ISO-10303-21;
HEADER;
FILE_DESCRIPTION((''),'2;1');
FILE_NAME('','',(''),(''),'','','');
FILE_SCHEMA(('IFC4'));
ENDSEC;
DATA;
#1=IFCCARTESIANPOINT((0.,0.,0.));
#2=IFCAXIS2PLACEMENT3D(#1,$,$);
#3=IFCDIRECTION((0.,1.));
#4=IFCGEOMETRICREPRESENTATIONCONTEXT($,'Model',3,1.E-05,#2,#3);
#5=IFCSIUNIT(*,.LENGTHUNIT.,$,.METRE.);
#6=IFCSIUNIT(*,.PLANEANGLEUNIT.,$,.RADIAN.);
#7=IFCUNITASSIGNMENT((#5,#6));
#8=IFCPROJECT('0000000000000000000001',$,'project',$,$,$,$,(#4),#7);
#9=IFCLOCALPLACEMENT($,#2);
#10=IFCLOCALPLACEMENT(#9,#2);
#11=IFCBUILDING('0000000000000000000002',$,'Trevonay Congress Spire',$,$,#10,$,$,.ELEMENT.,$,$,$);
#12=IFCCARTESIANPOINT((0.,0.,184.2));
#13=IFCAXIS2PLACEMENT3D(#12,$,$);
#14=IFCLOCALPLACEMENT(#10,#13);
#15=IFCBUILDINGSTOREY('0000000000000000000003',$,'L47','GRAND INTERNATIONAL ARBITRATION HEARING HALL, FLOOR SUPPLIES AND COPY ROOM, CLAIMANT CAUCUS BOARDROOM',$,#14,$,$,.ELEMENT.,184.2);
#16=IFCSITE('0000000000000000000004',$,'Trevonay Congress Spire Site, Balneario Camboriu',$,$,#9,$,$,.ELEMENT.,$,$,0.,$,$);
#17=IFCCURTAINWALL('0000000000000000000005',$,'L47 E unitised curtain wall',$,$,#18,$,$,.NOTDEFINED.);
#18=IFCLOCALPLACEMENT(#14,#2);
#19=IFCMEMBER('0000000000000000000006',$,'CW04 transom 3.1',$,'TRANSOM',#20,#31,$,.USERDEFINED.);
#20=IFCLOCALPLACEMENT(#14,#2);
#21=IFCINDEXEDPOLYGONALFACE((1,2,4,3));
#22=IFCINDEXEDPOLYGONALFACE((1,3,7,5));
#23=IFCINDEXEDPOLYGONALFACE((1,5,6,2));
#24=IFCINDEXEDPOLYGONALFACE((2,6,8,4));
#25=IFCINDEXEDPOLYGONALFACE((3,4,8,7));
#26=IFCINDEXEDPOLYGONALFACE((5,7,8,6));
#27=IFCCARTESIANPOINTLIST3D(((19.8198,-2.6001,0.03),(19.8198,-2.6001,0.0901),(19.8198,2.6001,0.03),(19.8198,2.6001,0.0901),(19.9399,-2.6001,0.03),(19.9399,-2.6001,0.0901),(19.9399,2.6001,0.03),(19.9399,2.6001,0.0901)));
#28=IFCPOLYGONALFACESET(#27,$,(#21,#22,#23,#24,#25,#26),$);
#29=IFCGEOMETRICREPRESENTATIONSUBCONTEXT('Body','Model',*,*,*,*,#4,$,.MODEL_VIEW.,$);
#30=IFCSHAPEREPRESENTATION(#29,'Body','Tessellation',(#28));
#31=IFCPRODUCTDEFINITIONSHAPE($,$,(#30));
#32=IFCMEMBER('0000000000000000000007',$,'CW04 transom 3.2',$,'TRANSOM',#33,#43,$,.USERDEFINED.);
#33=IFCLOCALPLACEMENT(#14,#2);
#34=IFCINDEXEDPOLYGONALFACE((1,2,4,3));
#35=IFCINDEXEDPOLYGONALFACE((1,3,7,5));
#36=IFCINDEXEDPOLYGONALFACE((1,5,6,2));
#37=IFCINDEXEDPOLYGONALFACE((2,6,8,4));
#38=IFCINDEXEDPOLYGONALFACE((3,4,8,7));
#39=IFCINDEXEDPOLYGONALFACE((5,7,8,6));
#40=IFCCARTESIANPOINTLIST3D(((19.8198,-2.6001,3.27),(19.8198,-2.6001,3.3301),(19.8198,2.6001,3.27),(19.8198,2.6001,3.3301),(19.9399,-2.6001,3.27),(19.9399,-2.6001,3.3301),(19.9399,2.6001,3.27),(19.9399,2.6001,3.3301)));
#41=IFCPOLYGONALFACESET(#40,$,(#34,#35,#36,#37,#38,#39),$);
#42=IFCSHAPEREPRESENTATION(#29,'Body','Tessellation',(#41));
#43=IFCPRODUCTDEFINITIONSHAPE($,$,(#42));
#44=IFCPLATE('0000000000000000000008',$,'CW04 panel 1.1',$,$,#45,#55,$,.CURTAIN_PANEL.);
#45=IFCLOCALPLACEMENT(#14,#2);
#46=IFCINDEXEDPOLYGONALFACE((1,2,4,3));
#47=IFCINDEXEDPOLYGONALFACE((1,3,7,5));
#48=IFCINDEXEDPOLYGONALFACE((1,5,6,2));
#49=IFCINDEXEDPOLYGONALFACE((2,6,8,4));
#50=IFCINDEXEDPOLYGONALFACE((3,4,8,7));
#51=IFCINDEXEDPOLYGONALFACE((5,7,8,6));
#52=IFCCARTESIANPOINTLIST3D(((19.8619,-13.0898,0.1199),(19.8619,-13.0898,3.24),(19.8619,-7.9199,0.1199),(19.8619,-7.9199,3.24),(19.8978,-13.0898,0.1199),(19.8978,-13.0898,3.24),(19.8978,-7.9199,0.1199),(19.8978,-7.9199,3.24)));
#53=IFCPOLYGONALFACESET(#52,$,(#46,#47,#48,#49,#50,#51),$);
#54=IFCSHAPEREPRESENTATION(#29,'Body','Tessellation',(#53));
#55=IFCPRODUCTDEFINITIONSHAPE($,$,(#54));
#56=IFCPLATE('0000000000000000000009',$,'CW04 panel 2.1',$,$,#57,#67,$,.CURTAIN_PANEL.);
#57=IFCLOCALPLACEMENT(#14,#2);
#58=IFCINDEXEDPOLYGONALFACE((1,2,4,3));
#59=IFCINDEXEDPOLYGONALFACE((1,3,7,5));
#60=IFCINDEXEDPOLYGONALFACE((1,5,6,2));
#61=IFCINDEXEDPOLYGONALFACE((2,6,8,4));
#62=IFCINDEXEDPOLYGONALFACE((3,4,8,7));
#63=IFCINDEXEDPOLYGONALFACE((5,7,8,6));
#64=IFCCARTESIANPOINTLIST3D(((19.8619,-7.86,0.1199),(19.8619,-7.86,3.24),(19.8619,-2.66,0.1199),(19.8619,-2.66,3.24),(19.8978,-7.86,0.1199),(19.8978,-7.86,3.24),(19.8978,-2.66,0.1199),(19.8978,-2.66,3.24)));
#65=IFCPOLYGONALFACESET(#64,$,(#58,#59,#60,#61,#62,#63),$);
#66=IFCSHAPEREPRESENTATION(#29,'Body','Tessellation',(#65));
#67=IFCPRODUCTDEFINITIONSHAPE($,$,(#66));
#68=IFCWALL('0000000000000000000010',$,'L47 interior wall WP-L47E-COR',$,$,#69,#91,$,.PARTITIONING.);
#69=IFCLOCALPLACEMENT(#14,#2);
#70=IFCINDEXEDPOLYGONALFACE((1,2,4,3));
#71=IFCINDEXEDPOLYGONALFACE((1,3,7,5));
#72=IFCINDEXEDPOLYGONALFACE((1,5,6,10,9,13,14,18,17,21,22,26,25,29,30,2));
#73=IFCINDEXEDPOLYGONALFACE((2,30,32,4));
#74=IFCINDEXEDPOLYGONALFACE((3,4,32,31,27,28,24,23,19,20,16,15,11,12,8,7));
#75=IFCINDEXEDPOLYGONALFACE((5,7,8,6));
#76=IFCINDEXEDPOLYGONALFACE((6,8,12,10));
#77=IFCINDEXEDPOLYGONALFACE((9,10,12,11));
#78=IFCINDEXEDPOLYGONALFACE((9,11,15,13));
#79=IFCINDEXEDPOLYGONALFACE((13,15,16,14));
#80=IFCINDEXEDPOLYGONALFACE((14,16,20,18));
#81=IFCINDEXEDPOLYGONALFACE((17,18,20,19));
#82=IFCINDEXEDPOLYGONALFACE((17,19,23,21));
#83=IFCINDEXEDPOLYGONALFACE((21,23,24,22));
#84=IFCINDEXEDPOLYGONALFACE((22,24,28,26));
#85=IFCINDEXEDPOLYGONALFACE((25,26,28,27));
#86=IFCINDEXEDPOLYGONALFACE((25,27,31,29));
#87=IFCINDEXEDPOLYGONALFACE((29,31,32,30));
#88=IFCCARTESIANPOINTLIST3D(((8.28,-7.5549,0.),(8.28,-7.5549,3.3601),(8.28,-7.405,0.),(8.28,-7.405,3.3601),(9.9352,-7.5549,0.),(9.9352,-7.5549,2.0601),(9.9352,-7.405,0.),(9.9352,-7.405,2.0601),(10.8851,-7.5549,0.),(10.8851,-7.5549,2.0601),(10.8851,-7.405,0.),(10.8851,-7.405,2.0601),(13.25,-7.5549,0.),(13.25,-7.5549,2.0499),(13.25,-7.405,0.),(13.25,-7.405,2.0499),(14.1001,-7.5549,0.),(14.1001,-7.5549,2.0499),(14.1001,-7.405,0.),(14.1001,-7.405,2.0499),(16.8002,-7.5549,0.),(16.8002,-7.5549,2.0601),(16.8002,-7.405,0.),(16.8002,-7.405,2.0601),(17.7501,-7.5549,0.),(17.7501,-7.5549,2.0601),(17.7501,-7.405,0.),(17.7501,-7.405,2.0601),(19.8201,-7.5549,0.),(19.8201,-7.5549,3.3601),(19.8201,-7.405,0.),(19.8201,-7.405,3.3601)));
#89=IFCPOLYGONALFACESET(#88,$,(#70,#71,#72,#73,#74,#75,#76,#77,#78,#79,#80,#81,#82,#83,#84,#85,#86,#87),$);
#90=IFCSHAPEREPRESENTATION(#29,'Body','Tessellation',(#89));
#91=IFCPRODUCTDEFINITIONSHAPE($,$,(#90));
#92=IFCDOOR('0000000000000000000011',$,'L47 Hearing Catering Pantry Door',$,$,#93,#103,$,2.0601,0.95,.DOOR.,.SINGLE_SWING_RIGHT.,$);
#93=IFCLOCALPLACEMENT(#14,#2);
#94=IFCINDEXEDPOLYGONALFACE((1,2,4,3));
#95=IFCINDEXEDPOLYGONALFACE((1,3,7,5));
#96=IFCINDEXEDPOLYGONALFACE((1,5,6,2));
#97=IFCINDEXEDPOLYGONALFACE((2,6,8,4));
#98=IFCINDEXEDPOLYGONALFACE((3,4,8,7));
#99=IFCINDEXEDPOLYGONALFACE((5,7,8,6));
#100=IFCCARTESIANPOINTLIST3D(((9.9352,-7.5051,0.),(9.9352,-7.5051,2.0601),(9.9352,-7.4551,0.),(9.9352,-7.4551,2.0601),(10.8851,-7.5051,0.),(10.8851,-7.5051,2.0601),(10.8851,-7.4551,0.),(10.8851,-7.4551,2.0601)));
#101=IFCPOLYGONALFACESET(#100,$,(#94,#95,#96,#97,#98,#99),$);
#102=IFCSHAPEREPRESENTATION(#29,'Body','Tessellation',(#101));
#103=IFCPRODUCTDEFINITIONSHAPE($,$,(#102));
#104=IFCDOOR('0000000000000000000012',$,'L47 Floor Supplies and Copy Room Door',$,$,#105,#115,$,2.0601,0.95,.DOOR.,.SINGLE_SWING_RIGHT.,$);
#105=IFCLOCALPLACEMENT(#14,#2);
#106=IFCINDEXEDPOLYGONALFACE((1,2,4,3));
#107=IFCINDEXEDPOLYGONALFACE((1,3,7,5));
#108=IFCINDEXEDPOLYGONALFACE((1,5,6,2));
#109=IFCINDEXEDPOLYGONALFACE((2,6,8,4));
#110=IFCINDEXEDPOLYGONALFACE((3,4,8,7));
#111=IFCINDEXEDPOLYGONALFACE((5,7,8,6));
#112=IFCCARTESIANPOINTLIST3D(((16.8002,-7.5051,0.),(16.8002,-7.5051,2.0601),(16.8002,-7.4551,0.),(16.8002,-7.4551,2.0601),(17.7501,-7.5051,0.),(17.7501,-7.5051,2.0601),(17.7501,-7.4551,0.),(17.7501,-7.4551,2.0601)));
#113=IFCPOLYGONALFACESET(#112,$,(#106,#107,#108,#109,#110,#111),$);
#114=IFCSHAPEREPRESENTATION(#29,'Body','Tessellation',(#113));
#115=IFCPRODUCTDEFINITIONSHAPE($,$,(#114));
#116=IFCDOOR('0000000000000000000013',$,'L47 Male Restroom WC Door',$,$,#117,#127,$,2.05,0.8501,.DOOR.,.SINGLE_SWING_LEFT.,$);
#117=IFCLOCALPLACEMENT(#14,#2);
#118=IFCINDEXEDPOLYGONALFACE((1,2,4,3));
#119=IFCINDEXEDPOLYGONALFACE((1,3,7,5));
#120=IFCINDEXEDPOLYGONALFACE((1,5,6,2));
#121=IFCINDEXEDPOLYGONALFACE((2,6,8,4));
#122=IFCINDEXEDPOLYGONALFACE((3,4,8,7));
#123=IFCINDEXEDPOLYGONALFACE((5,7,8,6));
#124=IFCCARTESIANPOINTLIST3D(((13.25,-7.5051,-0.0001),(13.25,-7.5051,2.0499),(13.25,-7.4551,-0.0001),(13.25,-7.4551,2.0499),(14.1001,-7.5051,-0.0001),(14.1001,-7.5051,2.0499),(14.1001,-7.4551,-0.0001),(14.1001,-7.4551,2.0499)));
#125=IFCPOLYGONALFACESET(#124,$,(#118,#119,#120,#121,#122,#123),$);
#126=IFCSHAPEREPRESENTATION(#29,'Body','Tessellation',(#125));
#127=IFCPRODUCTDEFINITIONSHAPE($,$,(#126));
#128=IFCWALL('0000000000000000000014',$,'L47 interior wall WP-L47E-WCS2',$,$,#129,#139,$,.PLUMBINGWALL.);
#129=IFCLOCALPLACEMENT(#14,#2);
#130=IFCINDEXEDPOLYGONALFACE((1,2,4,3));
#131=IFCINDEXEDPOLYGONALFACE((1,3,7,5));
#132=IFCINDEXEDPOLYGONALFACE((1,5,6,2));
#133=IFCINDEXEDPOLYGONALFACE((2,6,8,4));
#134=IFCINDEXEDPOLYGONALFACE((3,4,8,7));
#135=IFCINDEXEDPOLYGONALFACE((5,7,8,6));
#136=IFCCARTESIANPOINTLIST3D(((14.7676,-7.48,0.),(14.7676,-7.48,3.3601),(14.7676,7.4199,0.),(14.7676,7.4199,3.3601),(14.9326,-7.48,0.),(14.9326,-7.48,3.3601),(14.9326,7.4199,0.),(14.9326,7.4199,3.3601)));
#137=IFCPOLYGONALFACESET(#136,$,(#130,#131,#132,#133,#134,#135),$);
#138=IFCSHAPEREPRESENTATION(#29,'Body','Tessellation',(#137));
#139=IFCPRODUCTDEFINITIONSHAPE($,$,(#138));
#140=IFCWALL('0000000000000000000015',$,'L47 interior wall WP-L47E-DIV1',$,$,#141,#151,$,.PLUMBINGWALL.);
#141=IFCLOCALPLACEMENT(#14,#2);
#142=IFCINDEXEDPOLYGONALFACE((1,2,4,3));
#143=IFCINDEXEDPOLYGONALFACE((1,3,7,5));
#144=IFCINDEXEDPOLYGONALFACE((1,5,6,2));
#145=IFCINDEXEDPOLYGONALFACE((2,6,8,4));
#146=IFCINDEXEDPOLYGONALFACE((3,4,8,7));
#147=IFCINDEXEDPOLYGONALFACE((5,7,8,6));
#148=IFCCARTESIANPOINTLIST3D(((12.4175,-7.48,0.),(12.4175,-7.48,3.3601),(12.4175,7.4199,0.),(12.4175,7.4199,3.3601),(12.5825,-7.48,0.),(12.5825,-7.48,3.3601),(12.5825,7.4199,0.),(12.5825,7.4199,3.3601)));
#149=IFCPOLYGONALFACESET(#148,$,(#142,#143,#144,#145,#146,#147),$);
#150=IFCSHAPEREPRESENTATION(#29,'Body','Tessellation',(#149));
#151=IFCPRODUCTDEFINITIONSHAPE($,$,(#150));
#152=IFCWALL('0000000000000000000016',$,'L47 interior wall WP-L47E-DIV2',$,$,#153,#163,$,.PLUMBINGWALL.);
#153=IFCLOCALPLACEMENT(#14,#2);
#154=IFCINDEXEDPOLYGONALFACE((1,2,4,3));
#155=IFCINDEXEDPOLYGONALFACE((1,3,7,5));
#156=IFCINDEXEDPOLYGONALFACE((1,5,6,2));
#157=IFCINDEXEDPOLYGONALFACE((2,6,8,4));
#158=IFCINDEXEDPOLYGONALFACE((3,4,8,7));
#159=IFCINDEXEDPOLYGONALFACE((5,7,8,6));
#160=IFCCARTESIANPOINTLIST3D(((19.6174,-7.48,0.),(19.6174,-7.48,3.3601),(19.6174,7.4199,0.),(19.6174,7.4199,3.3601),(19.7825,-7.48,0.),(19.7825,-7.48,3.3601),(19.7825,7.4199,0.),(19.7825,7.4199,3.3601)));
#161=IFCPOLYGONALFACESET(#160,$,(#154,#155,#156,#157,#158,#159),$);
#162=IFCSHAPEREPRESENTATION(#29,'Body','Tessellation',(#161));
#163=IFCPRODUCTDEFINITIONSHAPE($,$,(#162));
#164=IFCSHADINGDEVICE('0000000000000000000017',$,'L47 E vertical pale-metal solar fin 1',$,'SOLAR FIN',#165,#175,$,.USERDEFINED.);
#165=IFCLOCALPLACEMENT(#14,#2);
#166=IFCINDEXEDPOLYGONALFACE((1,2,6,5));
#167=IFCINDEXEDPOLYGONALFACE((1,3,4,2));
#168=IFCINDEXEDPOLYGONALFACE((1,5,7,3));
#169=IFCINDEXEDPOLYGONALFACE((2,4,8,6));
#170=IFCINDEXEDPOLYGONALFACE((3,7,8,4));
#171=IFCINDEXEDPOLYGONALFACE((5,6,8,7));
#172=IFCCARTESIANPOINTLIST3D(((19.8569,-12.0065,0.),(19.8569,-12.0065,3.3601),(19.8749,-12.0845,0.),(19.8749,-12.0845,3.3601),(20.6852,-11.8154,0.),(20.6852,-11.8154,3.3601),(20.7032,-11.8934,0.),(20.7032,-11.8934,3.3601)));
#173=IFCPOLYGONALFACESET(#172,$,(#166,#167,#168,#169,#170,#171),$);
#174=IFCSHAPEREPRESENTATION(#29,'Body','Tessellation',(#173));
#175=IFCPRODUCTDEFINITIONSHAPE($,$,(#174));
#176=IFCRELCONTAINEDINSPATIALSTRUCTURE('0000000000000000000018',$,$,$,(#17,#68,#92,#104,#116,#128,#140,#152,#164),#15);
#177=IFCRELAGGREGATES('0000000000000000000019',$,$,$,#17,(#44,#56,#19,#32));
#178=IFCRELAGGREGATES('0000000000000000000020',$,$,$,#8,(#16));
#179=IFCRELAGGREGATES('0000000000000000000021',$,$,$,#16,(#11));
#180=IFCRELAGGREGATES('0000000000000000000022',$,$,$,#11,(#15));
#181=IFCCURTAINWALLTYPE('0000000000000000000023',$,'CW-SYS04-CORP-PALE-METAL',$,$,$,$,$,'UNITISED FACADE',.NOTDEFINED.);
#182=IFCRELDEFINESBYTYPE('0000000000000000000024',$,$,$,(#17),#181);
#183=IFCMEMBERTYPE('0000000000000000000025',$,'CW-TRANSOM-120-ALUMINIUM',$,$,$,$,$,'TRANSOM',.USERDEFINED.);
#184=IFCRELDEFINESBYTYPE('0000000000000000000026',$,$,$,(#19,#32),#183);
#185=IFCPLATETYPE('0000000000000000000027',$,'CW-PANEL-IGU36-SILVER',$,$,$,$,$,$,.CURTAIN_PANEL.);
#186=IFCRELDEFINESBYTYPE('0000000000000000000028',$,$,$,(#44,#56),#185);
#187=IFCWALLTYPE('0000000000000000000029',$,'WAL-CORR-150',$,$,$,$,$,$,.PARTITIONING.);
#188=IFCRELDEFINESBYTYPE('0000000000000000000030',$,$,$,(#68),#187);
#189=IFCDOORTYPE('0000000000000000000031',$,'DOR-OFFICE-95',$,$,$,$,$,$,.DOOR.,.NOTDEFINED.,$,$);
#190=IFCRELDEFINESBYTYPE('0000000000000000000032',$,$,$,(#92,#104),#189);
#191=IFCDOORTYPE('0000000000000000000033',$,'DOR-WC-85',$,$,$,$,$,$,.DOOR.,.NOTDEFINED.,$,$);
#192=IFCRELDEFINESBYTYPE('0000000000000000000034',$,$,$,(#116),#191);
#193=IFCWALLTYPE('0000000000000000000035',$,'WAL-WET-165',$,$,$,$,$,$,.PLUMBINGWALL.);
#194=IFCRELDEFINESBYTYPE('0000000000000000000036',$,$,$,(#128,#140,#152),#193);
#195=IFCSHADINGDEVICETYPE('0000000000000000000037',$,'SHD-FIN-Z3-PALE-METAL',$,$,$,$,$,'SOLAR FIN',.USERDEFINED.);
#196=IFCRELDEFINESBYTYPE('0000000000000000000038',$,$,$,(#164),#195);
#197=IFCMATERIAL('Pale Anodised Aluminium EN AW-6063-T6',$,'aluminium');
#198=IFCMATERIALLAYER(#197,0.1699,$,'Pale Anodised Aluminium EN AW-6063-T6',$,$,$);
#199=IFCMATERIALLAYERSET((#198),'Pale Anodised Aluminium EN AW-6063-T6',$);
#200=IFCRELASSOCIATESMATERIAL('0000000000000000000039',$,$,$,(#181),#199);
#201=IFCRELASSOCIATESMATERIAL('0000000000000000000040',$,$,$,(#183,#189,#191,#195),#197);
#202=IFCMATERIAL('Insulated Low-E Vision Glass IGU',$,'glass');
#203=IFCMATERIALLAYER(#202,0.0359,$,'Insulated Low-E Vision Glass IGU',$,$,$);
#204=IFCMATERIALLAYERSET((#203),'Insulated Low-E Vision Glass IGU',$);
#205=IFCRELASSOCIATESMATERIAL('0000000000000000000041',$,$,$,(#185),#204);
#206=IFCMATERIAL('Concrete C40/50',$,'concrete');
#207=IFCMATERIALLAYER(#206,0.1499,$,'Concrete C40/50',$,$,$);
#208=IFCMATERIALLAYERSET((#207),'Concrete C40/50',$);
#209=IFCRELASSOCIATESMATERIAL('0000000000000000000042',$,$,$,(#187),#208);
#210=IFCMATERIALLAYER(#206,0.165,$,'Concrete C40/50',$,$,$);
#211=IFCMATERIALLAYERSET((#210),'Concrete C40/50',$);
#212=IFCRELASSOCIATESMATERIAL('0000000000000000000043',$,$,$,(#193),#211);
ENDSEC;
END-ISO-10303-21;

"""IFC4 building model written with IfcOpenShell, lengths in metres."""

from ifc_helpers import new_model, si_unit, direction, frame, frame_2d, origin, origin_2d, place, context, subcontext, project, spatial, rectangle, extrude, material, layer, layer_set, material_profile, profile_set, type_object, element, fill, aggregate, save


model = new_model("IFC4")

# Units and contexts
model_context = context("Model", 3, precision=1e-05, world=origin(), true_north=direction((0.0, 1.0)))
body_context = subcontext(model_context, "Body", "Model", "MODEL_VIEW")
ifc_project = project(units=[si_unit("LENGTHUNIT", "METRE"), si_unit("PLANEANGLEUNIT", "RADIAN")], contexts=[model_context])

# Site, building, storey
site_placement = place(None, origin())
site = spatial("IfcSite", under=ifc_project, at=site_placement, Name="Trevonay Congress Spire Site, Balneario Camboriu", CompositionType="ELEMENT", RefElevation=0.0)
building_placement = place(site_placement, origin())
building = spatial("IfcBuilding", under=site, at=building_placement, Name="Trevonay Congress Spire", CompositionType="ELEMENT")
storey_placement = place(building_placement, frame((0.0, 0.0, 184.2)))
storey = spatial("IfcBuildingStorey", under=building, at=storey_placement, Name="L47", Description="GRAND INTERNATIONAL ARBITRATION HEARING HALL, FLOOR SUPPLIES AND COPY ROOM, CLAIMANT CAUCUS BOARDROOM", CompositionType="ELEMENT", Elevation=184.2)

# Curtain wall, members, plates
ifc_material_1 = material(Name="Pale Anodised Aluminium EN AW-6063-T6", Category="aluminium")
ifc_layer_1 = layer(ifc_material_1, 0.1699, Name="Pale Anodised Aluminium EN AW-6063-T6")
ifc_layer_set_1 = layer_set([ifc_layer_1], Name="Pale Anodised Aluminium EN AW-6063-T6")
curtain_wall_type = type_object("IfcCurtainWallType", Name="CW-SYS04-CORP-PALE-METAL", ElementType="UNITISED FACADE", PredefinedType="NOTDEFINED", material=ifc_layer_set_1)
curtain_wall_placement = place(storey_placement, origin())
curtain_wall = element("IfcCurtainWall", 1, at=curtain_wall_placement, inside=storey, type_object=curtain_wall_type, Name="L47 E unitised curtain wall", PredefinedType="NOTDEFINED")
ifc_material_profile_1 = material_profile(ifc_material_1, rectangle(XDim=0.1201, YDim=0.0601, at=origin_2d()), Name="CW-TRANSOM-120-ALUMINIUM")
ifc_profile_set_1 = profile_set([ifc_material_profile_1], Name="Pale Anodised Aluminium EN AW-6063-T6")
member_type_1 = type_object("IfcMemberType", Name="CW-TRANSOM-120-ALUMINIUM", ElementType="TRANSOM", PredefinedType="USERDEFINED", material=ifc_profile_set_1)
member_1_placement = place(storey_placement, frame((19.8799, -2.6001, 0.0601), z_axis=(0.0, 1.0, 0.0), x_axis=(-1.0, 0.0, 0.0)))
member_1 = element("IfcMember", 2, at=member_1_placement, type_object=member_type_1, Name="CW04 transom 3.1", ObjectType="TRANSOM", PredefinedType="USERDEFINED", context=body_context, shape_type="SweptSolid", body=[
    extrude(rectangle(XDim=0.1201, YDim=0.0601, at=origin_2d()), origin(), (0.0, 0.0, 1.0), 5.2002),
])
member_2_placement = place(storey_placement, frame((19.8799, -2.6001, 3.3), z_axis=(0.0, 1.0, 0.0), x_axis=(-1.0, 0.0, 0.0)))
member_2 = element("IfcMember", 3, at=member_2_placement, type_object=member_type_1, Name="CW04 transom 3.2", ObjectType="TRANSOM", PredefinedType="USERDEFINED", context=body_context, shape_type="SweptSolid", body=[
    extrude(rectangle(XDim=0.1201, YDim=0.0601, at=origin_2d()), origin(), (0.0, 0.0, 1.0), 5.2002),
])
ifc_material_2 = material(Name="Insulated Low-E Vision Glass IGU", Category="glass")
ifc_layer_2 = layer(ifc_material_2, 0.0359, Name="Insulated Low-E Vision Glass IGU")
ifc_layer_set_2 = layer_set([ifc_layer_2], Name="Insulated Low-E Vision Glass IGU")
plate_type = type_object("IfcPlateType", Name="CW-PANEL-IGU36-SILVER", PredefinedType="CURTAIN_PANEL", material=ifc_layer_set_2)
plate_1_placement = place(storey_placement, frame((19.8799, -10.5049, 0.1199), z_axis=(0.0, 0.0, 1.0), x_axis=(0.0, 1.0, 0.0)))
plate_1 = element("IfcPlate", 4, at=plate_1_placement, type_object=plate_type, Name="CW04 panel 1.1", PredefinedType="CURTAIN_PANEL", context=body_context, shape_type="SweptSolid", body=[
    extrude(rectangle(XDim=5.1699, YDim=0.0359, at=origin_2d()), origin(), (0.0, 0.0, 1.0), 3.1201),
])
plate_2_placement = place(storey_placement, frame((19.8799, -5.26, 0.1199), z_axis=(0.0, 0.0, 1.0), x_axis=(0.0, 1.0, 0.0)))
plate_2 = element("IfcPlate", 5, at=plate_2_placement, type_object=plate_type, Name="CW04 panel 2.1", PredefinedType="CURTAIN_PANEL", context=body_context, shape_type="SweptSolid", body=[
    extrude(rectangle(XDim=5.2, YDim=0.0359, at=origin_2d()), origin(), (0.0, 0.0, 1.0), 3.1201),
])
aggregate(curtain_wall, [plate_1, plate_2, member_1, member_2])

# Wall, openings, doors
ifc_material_3 = material(Name="Concrete C40/50", Category="concrete")
ifc_layer_3 = layer(ifc_material_3, 0.1499, Name="Concrete C40/50")
ifc_layer_set_3 = layer_set([ifc_layer_3], Name="Concrete C40/50")
wall_type_1 = type_object("IfcWallType", Name="WAL-CORR-150", PredefinedType="PARTITIONING", material=ifc_layer_set_3)
wall_placement = place(storey_placement, frame((8.28, -7.48, 0.0), z_axis=(0.0, 0.0, 1.0), x_axis=(1.0, 0.0, 0.0)))
wall = element("IfcWall", 6, at=wall_placement, inside=storey, type_object=wall_type_1, Name="L47 interior wall WP-L47E-COR", PredefinedType="PARTITIONING", context=body_context, shape_type="SweptSolid", body=[
    extrude(rectangle(XDim=11.54, YDim=0.1499, at=frame_2d((5.77, 0.0))), origin(), (0.0, 0.0, 1.0), 3.3601),
])
opening_1_placement = place(wall_placement, frame((1.655, 0.0, 0.0)))
opening_1 = element("IfcOpeningElement", 7, at=opening_1_placement, cuts=wall, PredefinedType="OPENING", context=body_context, shape_type="SweptSolid", body=[
    extrude(rectangle(XDim=0.95, YDim=2.0601, at=frame_2d((0.4751, 1.03))), frame((0.0, 0.085, 0.0), z_axis=(0.0, -1.0, 0.0), x_axis=(1.0, 0.0, 0.0)), (0.0, 0.0, 1.0), 0.1699),
])
opening_2_placement = place(wall_placement, frame((4.97, 0.0, 0.0)))
opening_2 = element("IfcOpeningElement", 8, at=opening_2_placement, cuts=wall, PredefinedType="OPENING", context=body_context, shape_type="SweptSolid", body=[
    extrude(rectangle(XDim=0.8501, YDim=2.05, at=frame_2d((0.425, 1.0249))), frame((0.0, 0.085, 0.0), z_axis=(0.0, -1.0, 0.0), x_axis=(1.0, 0.0, 0.0)), (0.0, 0.0, 1.0), 0.1699),
])
opening_3_placement = place(wall_placement, frame((8.52, 0.0, 0.0)))
opening_3 = element("IfcOpeningElement", 9, at=opening_3_placement, cuts=wall, PredefinedType="OPENING", context=body_context, shape_type="SweptSolid", body=[
    extrude(rectangle(XDim=0.95, YDim=2.0601, at=frame_2d((0.4751, 1.03))), frame((0.0, 0.085, 0.0), z_axis=(0.0, -1.0, 0.0), x_axis=(1.0, 0.0, 0.0)), (0.0, 0.0, 1.0), 0.1699),
])
door_type_1 = type_object("IfcDoorType", Name="DOR-OFFICE-95", OperationType="NOTDEFINED", PredefinedType="DOOR", material=ifc_material_1)
door_1_placement = place(opening_1_placement, origin())
door_1 = element("IfcDoor", 10, at=door_1_placement, inside=storey, type_object=door_type_1, Name="L47 Hearing Catering Pantry Door", OperationType="SINGLE_SWING_RIGHT", OverallHeight=2.0601, OverallWidth=0.95, PredefinedType="DOOR", context=body_context, shape_type="SweptSolid", body=[
    extrude(rectangle(XDim=0.95, YDim=2.0601, at=frame_2d((0.4751, 1.03))), frame((0.0, 0.0249, 0.0), z_axis=(0.0, -1.0, 0.0), x_axis=(1.0, 0.0, 0.0)), (0.0, 0.0, 1.0), 0.05),
])
fill(opening_1, door_1)
door_2_placement = place(opening_3_placement, origin())
door_2 = element("IfcDoor", 11, at=door_2_placement, inside=storey, type_object=door_type_1, Name="L47 Floor Supplies and Copy Room Door", OperationType="SINGLE_SWING_RIGHT", OverallHeight=2.0601, OverallWidth=0.95, PredefinedType="DOOR", context=body_context, shape_type="SweptSolid", body=[
    extrude(rectangle(XDim=0.95, YDim=2.0601, at=frame_2d((0.4751, 1.03))), frame((0.0, 0.0249, 0.0), z_axis=(0.0, -1.0, 0.0), x_axis=(1.0, 0.0, 0.0)), (0.0, 0.0, 1.0), 0.05),
])
fill(opening_3, door_2)
door_type_2 = type_object("IfcDoorType", Name="DOR-WC-85", OperationType="NOTDEFINED", PredefinedType="DOOR", material=ifc_material_1)
door_3_placement = place(opening_2_placement, origin())
door_3 = element("IfcDoor", 12, at=door_3_placement, inside=storey, type_object=door_type_2, Name="L47 Male Restroom WC Door", OperationType="SINGLE_SWING_LEFT", OverallHeight=2.05, OverallWidth=0.8501, PredefinedType="DOOR", context=body_context, shape_type="SweptSolid", body=[
    extrude(rectangle(XDim=0.8501, YDim=2.05, at=frame_2d((0.425, 1.0249))), frame((0.0, 0.0249, 0.0), z_axis=(0.0, -1.0, 0.0), x_axis=(1.0, 0.0, 0.0)), (0.0, 0.0, 1.0), 0.05),
])
fill(opening_2, door_3)

# Walls
ifc_layer_4 = layer(ifc_material_3, 0.165, Name="Concrete C40/50")
ifc_layer_set_4 = layer_set([ifc_layer_4], Name="Concrete C40/50")
wall_type_2 = type_object("IfcWallType", Name="WAL-WET-165", PredefinedType="PLUMBINGWALL", material=ifc_layer_set_4)
for number, where, z_axis, x_axis, name in (
    (13, (14.8501, -7.48, 0.0), (0.0, 0.0, 1.0), (0.0, 1.0, 0.0), "L47 interior wall WP-L47E-WCS2"),
    (14, (12.5, -7.48, 0.0), (0.0, 0.0, 1.0), (0.0, 1.0, 0.0), "L47 interior wall WP-L47E-DIV1"),
    (15, (19.7, -7.48, 0.0), (0.0, 0.0, 1.0), (0.0, 1.0, 0.0), "L47 interior wall WP-L47E-DIV2"),
):
    element("IfcWall", number, at=place(storey_placement, frame(where, z_axis=z_axis, x_axis=x_axis)), inside=storey, type_object=wall_type_2, Name=name, PredefinedType="PLUMBINGWALL", context=body_context, shape_type="SweptSolid", body=[
        extrude(rectangle(XDim=14.8999, YDim=0.165, at=frame_2d((7.45, 0.0))), origin(), (0.0, 0.0, 1.0), 3.3601),
    ])

# Shading device
shading_device_type = type_object("IfcShadingDeviceType", Name="SHD-FIN-Z3-PALE-METAL", ElementType="SOLAR FIN", PredefinedType="USERDEFINED", material=ifc_material_1)
for number, where, z_axis, x_axis, name in (
    (16, (20.28, -11.95, 0.0), (0.0, 0.0, 1.0), (-0.224781, 0.974409, 0.0), "L47 E vertical pale-metal solar fin 1"),
):
    element("IfcShadingDevice", number, at=place(storey_placement, frame(where, z_axis=z_axis, x_axis=x_axis)), inside=storey, type_object=shading_device_type, Name=name, ObjectType="SOLAR FIN", PredefinedType="USERDEFINED", context=body_context, shape_type="SweptSolid", body=[
        extrude(rectangle(XDim=0.0801, YDim=0.8501, at=origin_2d()), origin(), (0.0, 0.0, 1.0), 3.3601),
    ])

save(model, "model.ifc")
